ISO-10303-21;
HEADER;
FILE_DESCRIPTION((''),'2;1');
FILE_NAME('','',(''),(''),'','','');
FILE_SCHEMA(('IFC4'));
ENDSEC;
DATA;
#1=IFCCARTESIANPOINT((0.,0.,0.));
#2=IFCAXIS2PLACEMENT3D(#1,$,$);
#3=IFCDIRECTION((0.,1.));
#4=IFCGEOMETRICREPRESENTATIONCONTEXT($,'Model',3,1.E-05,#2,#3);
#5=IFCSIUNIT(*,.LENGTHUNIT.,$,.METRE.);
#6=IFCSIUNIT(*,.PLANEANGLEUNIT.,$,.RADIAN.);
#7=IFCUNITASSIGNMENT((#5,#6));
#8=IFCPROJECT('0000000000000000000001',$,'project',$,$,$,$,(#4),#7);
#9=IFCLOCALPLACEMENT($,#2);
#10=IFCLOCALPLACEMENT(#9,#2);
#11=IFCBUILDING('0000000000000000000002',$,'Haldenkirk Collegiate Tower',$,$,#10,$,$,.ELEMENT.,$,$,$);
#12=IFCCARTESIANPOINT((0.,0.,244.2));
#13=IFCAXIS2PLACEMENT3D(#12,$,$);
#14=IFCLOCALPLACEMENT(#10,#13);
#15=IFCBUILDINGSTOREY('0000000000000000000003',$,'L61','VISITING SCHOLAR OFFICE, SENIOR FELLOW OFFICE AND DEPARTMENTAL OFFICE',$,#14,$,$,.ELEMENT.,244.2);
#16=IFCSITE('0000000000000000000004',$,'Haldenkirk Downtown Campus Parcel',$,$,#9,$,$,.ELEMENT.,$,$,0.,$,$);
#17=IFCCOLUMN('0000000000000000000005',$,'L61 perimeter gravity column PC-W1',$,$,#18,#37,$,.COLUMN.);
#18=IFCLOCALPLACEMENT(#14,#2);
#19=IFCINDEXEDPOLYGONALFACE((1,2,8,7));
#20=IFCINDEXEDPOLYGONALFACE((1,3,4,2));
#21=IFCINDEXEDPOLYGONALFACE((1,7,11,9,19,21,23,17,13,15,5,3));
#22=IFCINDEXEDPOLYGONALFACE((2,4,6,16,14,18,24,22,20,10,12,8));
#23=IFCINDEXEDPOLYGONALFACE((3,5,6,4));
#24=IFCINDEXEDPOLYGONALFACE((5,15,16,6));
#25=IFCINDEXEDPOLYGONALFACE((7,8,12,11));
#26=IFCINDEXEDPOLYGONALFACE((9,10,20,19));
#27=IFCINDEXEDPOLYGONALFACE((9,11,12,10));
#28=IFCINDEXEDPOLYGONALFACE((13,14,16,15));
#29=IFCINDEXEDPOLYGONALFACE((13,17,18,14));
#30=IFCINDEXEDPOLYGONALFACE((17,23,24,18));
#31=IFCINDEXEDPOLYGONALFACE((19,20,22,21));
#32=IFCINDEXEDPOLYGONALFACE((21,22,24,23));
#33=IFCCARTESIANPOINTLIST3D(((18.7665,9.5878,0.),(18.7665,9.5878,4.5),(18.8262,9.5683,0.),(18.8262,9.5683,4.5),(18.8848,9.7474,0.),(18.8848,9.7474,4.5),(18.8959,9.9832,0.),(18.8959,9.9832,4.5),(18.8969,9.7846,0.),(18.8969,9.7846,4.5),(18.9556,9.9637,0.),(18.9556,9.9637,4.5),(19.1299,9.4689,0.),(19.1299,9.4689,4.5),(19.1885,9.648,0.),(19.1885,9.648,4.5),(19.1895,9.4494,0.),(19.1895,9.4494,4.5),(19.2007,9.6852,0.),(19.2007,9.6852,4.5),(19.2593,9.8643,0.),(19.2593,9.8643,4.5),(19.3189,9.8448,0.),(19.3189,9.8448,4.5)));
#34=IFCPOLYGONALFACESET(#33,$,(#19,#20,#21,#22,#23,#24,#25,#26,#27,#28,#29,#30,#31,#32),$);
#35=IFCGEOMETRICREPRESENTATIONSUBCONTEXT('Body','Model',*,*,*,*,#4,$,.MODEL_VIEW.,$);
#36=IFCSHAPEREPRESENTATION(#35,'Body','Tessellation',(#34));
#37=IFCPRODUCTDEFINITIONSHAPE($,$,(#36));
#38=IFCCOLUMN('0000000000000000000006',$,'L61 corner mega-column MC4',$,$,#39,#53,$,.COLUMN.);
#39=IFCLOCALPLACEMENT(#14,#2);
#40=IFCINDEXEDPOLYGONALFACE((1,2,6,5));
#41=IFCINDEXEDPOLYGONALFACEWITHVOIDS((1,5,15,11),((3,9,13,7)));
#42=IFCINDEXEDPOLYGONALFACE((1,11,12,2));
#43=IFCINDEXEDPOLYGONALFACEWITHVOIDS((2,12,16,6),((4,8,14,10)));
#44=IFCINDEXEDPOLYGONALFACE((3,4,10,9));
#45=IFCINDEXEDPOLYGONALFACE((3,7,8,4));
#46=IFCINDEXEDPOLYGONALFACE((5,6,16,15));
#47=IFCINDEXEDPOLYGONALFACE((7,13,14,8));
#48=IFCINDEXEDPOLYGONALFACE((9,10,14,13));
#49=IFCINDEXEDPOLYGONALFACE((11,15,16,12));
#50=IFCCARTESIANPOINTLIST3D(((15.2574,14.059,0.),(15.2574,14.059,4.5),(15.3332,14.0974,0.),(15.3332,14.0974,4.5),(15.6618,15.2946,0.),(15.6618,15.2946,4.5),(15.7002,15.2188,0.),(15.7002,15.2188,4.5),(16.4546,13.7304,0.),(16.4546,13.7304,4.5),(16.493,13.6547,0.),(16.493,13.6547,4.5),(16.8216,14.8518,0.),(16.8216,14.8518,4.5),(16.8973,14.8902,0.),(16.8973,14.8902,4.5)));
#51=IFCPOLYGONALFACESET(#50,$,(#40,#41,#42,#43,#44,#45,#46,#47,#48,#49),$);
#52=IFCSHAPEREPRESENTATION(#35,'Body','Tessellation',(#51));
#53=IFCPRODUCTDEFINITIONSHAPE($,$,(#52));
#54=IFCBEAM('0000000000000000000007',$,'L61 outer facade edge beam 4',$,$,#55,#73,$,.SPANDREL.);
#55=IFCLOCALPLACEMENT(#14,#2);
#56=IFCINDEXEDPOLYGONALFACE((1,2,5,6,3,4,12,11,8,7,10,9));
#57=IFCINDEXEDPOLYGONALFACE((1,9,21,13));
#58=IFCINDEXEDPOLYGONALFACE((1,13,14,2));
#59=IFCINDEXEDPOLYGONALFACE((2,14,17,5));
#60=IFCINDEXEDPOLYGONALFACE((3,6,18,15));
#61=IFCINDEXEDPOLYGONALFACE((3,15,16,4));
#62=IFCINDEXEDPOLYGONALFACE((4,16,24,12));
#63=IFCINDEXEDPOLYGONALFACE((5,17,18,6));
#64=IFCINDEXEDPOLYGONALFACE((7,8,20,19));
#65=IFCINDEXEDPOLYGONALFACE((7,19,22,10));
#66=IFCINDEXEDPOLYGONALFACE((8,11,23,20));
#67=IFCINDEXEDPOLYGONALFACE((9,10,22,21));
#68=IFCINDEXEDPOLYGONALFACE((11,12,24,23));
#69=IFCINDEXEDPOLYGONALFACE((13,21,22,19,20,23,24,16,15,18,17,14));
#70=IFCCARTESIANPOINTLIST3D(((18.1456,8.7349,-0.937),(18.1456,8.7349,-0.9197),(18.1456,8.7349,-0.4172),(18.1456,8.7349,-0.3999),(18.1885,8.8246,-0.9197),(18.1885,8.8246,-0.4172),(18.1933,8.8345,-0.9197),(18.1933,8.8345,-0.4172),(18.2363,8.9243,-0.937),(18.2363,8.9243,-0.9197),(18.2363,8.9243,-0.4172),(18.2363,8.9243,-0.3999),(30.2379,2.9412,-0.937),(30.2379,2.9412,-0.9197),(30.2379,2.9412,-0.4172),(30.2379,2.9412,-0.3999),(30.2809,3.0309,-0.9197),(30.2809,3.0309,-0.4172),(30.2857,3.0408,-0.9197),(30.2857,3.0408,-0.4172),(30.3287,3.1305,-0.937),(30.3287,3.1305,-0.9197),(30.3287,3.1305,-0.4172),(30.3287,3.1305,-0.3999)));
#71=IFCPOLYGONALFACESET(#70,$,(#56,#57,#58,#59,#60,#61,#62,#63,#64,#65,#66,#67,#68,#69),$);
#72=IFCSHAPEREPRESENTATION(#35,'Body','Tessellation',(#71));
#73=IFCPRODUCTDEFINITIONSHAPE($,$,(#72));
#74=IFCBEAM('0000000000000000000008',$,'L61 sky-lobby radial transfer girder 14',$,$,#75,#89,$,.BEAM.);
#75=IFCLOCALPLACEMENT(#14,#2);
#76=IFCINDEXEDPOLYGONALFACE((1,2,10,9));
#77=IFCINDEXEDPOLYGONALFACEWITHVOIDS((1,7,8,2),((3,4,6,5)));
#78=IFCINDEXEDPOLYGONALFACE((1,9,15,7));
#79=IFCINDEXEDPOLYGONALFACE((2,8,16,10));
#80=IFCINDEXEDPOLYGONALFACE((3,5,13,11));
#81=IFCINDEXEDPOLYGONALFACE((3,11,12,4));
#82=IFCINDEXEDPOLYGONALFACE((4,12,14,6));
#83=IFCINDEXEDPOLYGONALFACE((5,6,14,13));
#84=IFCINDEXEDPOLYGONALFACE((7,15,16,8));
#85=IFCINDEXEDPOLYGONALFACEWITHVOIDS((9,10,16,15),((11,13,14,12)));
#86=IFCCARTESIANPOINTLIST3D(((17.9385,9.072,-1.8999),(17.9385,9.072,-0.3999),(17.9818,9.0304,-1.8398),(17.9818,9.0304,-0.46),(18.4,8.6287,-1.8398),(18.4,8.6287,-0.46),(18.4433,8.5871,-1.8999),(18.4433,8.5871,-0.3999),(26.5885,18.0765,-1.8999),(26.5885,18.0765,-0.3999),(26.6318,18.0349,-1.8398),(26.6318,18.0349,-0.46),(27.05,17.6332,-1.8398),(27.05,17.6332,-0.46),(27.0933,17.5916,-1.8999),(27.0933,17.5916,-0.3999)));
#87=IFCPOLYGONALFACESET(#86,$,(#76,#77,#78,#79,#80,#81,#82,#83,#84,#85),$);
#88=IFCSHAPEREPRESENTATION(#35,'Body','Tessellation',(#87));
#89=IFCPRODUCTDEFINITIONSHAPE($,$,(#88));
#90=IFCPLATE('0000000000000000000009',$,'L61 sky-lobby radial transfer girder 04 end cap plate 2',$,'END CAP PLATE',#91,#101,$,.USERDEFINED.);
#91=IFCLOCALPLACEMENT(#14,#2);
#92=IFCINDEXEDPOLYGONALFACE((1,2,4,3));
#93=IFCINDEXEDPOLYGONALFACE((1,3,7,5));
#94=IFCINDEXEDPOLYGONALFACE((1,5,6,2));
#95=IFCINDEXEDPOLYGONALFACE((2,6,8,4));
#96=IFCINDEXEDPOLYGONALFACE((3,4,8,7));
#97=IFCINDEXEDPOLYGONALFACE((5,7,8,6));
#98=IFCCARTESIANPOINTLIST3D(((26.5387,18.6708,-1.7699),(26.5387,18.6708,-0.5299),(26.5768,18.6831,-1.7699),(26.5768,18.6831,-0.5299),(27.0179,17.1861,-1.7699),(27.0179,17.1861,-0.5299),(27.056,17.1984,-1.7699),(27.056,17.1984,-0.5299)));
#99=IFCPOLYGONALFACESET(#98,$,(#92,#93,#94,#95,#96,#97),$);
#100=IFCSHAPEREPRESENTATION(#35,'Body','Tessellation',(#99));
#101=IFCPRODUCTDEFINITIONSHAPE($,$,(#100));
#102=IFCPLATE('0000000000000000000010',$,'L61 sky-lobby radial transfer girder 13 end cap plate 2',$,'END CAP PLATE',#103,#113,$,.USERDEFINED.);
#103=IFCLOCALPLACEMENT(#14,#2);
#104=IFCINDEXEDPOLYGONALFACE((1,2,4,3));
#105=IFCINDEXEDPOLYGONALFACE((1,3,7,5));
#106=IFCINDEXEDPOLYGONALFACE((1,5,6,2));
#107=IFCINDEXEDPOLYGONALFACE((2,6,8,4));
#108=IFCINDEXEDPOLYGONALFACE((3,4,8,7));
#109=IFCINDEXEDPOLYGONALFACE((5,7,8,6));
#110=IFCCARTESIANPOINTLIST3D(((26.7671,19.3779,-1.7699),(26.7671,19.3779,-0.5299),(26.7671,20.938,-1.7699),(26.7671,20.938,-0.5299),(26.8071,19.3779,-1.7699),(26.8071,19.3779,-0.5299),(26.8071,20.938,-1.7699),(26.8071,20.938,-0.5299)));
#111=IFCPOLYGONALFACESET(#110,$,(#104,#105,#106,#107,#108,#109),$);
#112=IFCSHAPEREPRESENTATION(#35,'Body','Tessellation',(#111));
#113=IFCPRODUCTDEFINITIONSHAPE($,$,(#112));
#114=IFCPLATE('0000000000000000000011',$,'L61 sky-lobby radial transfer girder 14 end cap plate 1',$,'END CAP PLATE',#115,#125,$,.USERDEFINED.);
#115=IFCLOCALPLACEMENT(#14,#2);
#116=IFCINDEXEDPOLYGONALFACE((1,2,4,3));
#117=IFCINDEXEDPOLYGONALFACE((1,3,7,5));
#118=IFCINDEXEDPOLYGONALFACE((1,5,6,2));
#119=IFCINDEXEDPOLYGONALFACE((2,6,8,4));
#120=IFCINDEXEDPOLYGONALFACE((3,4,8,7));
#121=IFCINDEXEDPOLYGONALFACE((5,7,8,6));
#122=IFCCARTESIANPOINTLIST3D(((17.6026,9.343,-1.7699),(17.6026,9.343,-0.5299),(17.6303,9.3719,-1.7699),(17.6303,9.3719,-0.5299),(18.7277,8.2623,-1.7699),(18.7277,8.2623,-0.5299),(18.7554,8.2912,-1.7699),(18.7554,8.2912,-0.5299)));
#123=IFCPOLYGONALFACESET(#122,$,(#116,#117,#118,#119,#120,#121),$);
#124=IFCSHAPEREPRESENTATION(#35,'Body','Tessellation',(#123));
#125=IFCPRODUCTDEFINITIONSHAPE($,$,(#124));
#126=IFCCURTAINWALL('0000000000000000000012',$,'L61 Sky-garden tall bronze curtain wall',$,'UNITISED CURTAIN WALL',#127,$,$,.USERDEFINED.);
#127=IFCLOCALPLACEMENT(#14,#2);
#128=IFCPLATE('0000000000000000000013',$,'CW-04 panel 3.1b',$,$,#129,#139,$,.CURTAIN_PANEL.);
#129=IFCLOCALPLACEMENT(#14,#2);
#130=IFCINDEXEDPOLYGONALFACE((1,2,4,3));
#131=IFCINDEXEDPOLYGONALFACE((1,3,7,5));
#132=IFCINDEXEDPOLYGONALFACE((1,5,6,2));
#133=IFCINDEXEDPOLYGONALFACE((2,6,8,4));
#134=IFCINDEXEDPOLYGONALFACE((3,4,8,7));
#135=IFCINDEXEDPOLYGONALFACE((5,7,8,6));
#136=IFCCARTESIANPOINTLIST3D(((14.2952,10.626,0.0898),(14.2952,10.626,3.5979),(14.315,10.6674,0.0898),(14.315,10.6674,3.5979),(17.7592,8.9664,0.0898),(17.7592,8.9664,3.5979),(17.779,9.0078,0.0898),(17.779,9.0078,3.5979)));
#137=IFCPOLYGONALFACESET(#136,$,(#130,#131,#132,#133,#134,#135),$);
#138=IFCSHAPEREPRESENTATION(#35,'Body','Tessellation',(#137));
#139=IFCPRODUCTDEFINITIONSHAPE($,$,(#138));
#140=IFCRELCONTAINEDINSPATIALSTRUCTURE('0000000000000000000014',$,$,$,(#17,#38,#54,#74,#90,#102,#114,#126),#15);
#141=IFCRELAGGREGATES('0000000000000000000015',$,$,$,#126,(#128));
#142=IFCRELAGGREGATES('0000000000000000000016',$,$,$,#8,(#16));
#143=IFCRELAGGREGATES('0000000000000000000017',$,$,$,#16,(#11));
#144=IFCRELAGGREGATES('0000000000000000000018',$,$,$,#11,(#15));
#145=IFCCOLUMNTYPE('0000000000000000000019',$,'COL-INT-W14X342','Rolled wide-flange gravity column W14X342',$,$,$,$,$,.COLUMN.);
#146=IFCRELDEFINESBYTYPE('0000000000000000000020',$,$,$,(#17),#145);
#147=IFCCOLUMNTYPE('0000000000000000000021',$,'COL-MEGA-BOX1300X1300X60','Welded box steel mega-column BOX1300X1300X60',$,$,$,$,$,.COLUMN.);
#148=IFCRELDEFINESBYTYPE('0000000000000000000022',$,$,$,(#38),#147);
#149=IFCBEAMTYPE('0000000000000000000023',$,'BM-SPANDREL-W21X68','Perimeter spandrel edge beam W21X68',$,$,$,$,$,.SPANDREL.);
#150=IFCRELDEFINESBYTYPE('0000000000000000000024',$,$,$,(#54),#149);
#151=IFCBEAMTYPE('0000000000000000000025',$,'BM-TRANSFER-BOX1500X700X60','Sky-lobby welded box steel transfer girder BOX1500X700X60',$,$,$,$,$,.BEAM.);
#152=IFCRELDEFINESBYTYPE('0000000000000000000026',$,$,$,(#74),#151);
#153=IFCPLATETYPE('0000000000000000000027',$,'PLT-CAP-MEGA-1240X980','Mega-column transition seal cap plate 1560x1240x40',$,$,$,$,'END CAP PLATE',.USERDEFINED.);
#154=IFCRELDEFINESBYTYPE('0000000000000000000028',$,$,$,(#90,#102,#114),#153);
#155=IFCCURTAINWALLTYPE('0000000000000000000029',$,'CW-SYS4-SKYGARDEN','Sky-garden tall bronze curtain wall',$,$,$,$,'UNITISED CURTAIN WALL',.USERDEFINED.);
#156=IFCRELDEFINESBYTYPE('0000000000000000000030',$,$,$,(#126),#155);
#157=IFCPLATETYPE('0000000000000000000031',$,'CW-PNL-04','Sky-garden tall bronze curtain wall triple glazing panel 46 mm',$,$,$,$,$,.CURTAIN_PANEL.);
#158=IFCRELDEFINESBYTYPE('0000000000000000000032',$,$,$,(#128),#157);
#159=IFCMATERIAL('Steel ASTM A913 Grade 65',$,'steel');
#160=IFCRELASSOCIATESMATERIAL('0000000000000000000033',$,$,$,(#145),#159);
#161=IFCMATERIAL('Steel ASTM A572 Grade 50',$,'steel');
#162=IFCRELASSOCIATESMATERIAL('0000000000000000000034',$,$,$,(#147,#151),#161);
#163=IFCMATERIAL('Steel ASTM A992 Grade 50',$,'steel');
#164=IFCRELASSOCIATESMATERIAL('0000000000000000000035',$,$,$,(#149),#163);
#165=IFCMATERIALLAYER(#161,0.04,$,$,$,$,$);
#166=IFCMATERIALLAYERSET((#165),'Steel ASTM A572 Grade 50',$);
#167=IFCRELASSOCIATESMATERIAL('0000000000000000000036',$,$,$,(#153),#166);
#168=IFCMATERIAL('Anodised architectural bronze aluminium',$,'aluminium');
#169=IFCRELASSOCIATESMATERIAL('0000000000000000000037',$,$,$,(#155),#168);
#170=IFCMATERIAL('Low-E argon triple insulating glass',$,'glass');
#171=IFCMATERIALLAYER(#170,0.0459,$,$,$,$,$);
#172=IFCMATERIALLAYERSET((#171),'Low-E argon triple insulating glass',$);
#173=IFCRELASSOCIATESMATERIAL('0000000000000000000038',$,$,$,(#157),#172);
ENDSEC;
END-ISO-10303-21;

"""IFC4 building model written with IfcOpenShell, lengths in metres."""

from ifc_helpers import new_model, si_unit, direction, frame, origin, origin_2d, place, context, subcontext, project, spatial, rectangle, hollow_rectangle, i_section, extrude, source, transform, mapped, material, layer, layer_set, material_profile, profile_set, type_object, element, aggregate, save


model = new_model("IFC4")

# Units and contexts
model_context = context("Model", 3, precision=1e-05, world=origin(), true_north=direction((0.0, 1.0)))
body_context = subcontext(model_context, "Body", "Model", "MODEL_VIEW")
ifc_project = project(units=[si_unit("LENGTHUNIT", "METRE"), si_unit("PLANEANGLEUNIT", "RADIAN")], contexts=[model_context])

# Site, building, storey
site_placement = place(None, origin())
site = spatial("IfcSite", under=ifc_project, at=site_placement, Name="Haldenkirk Downtown Campus Parcel", CompositionType="ELEMENT", RefElevation=0.0)
building_placement = place(site_placement, origin())
building = spatial("IfcBuilding", under=site, at=building_placement, Name="Haldenkirk Collegiate Tower", CompositionType="ELEMENT")
storey_placement = place(building_placement, frame((0.0, 0.0, 244.2)))
storey = spatial("IfcBuildingStorey", under=building, at=storey_placement, Name="L61", Description="VISITING SCHOLAR OFFICE, SENIOR FELLOW OFFICE AND DEPARTMENTAL OFFICE", CompositionType="ELEMENT", Elevation=244.2)

# Columns
ifc_material_1 = material(Name="Steel ASTM A913 Grade 65", Category="steel")
ifc_material_profile_1 = material_profile(ifc_material_1, i_section(OverallWidth=0.416, OverallDepth=0.4451, WebThickness=0.0391, FlangeThickness=0.0627, at=origin_2d()), Name="W14X342")
ifc_profile_set_1 = profile_set([ifc_material_profile_1], Name="Steel ASTM A913 Grade 65")
column_type_1 = type_object("IfcColumnType", Name="COL-INT-W14X342", Description="Rolled wide-flange gravity column W14X342", PredefinedType="COLUMN", material=ifc_profile_set_1)
column_1_placement = place(storey_placement, frame((19.0427, 9.7163, 0.0), z_axis=(0.0, 0.0, 1.0), x_axis=(0.311008, 0.950407, 0.0)))
element("IfcColumn", 1, at=column_1_placement, inside=storey, type_object=column_type_1, Name="L61 perimeter gravity column PC-W1", PredefinedType="COLUMN", context=body_context, shape_type="SweptSolid", body=[
    extrude(i_section(OverallWidth=0.416, OverallDepth=0.4451, WebThickness=0.0391, FlangeThickness=0.0627, at=origin_2d()), origin(), (0.0, 0.0, 1.0), 4.5),
])
ifc_material_2 = material(Name="Steel ASTM A572 Grade 50", Category="steel")
ifc_material_profile_2 = material_profile(ifc_material_2, hollow_rectangle(XDim=1.3, YDim=1.3, WallThickness=0.0601, at=origin_2d()), Name="BOX1300X1300X60")
ifc_profile_set_2 = profile_set([ifc_material_profile_2], Name="Steel ASTM A572 Grade 50")
column_type_2 = type_object("IfcColumnType", Name="COL-MEGA-BOX1300X1300X60", Description="Welded box steel mega-column BOX1300X1300X60", PredefinedType="COLUMN", material=ifc_profile_set_2)
column_2_placement = place(storey_placement, frame((16.0774, 14.4746, 0.0), z_axis=(0.0, 0.0, 1.0), x_axis=(0.311008, 0.950407, 0.0)))
element("IfcColumn", 2, at=column_2_placement, inside=storey, type_object=column_type_2, Name="L61 corner mega-column MC4", PredefinedType="COLUMN", context=body_context, shape_type="SweptSolid", body=[
    extrude(hollow_rectangle(XDim=1.3, YDim=1.3, WallThickness=0.0601, at=origin_2d()), origin(), (0.0, 0.0, 1.0), 4.5),
])

# Beams
ifc_material_3 = material(Name="Steel ASTM A992 Grade 50", Category="steel")
ifc_material_profile_3 = material_profile(ifc_material_3, i_section(OverallWidth=0.21, OverallDepth=0.5371, WebThickness=0.011, FlangeThickness=0.0173, at=origin_2d()), Name="W21X68")
ifc_profile_set_3 = profile_set([ifc_material_profile_3], Name="Steel ASTM A992 Grade 50")
beam_type_1 = type_object("IfcBeamType", Name="BM-SPANDREL-W21X68", Description="Perimeter spandrel edge beam W21X68", PredefinedType="SPANDREL", material=ifc_profile_set_3)
beam_1_placement = place(storey_placement, frame((18.1909, 8.8296, -0.6685), z_axis=(0.901831, -0.432089, 0.0), x_axis=(0.432089, 0.901831, 0.0)))
element("IfcBeam", 3, at=beam_1_placement, inside=storey, type_object=beam_type_1, Name="L61 outer facade edge beam 4", PredefinedType="SPANDREL", context=body_context, shape_type="SweptSolid", body=[
    extrude(i_section(OverallWidth=0.21, OverallDepth=0.5371, WebThickness=0.011, FlangeThickness=0.0173, at=origin_2d()), origin(), (0.0, 0.0, 1.0), 13.4087),
])
ifc_material_profile_4 = material_profile(ifc_material_2, hollow_rectangle(XDim=0.7, YDim=1.5, WallThickness=0.0601, at=origin_2d()), Name="BOX1500X700X60")
ifc_profile_set_4 = profile_set([ifc_material_profile_4], Name="Steel ASTM A572 Grade 50")
beam_type_2 = type_object("IfcBeamType", Name="BM-TRANSFER-BOX1500X700X60", Description="Sky-lobby welded box steel transfer girder BOX1500X700X60", PredefinedType="BEAM", material=ifc_profile_set_4)
beam_2_placement = place(storey_placement, frame((18.1909, 8.8296, -1.1499), z_axis=(0.692769, 0.72116, 0.0), x_axis=(-0.72116, 0.692769, 0.0)))
element("IfcBeam", 4, at=beam_2_placement, inside=storey, type_object=beam_type_2, Name="L61 sky-lobby radial transfer girder 14", PredefinedType="BEAM", context=body_context, shape_type="SweptSolid", body=[
    extrude(hollow_rectangle(XDim=0.7, YDim=1.5, WallThickness=0.0601, at=origin_2d()), origin(), (0.0, 0.0, 1.0), 12.4861),
])

# Plates
ifc_layer_1 = layer(ifc_material_2, 0.04)
ifc_layer_set_1 = layer_set([ifc_layer_1], Name="Steel ASTM A572 Grade 50")
plate_type_1 = type_object("IfcPlateType", Name="PLT-CAP-MEGA-1240X980", Description="Mega-column transition seal cap plate 1560x1240x40", ElementType="END CAP PLATE", PredefinedType="USERDEFINED", material=ifc_layer_set_1)
shared_shape_1 = source(origin(), body_context, "Body", "SweptSolid", [
    extrude(rectangle(XDim=1.5601, YDim=1.24, at=origin_2d()), origin(), (0.0, 0.0, 1.0), 0.04),
])
for number, where, z_axis, x_axis, name in (
    (5, (26.7783, 17.9285, -1.1499), (0.951654, 0.307171, 0.0), (-0.307171, 0.951654, 0.0), "L61 sky-lobby radial transfer girder 04 end cap plate 2"),
    (6, (26.7671, 20.158, -1.1499), (1.0, 0.0, 0.0), (0.0, 1.0, 0.0), "L61 sky-lobby radial transfer girder 13 end cap plate 2"),
    (7, (18.1929, 8.8315, -1.1499), (-0.69276, -0.721168, 0.0), (0.721168, -0.69276, 0.0), "L61 sky-lobby radial transfer girder 14 end cap plate 1"),
):
    element("IfcPlate", number, at=place(storey_placement, frame(where, z_axis=z_axis, x_axis=x_axis)), inside=storey, type_object=plate_type_1, Name=name, ObjectType="END CAP PLATE", PredefinedType="USERDEFINED", context=body_context, shape_type="MappedRepresentation", body=[
        mapped(shared_shape_1, transform((0.0, 0.0, 0.0), x_axis=(1.0, 0.0, 0.0), y_axis=(0.0, 1.0, 0.0), z_axis=(0.0, 0.0, 1.0), scale=1.0)),
    ])

# Curtain wall, plate
ifc_material_4 = material(Name="Anodised architectural bronze aluminium", Category="aluminium")
curtain_wall_type = type_object("IfcCurtainWallType", Name="CW-SYS4-SKYGARDEN", Description="Sky-garden tall bronze curtain wall", ElementType="UNITISED CURTAIN WALL", PredefinedType="USERDEFINED", material=ifc_material_4)
curtain_wall_placement = place(storey_placement, origin())
curtain_wall = element("IfcCurtainWall", 8, at=curtain_wall_placement, inside=storey, type_object=curtain_wall_type, Name="L61 Sky-garden tall bronze curtain wall", ObjectType="UNITISED CURTAIN WALL", PredefinedType="USERDEFINED")
ifc_material_5 = material(Name="Low-E argon triple insulating glass", Category="glass")
ifc_layer_2 = layer(ifc_material_5, 0.0459)
ifc_layer_set_2 = layer_set([ifc_layer_2], Name="Low-E argon triple insulating glass")
plate_type_2 = type_object("IfcPlateType", Name="CW-PNL-04", Description="Sky-garden tall bronze curtain wall triple glazing panel 46 mm", PredefinedType="CURTAIN_PANEL", material=ifc_layer_set_2)
shared_shape_2 = source(origin(), body_context, "Body", "SweptSolid", [
    extrude(rectangle(XDim=3.8411, YDim=0.0459, at=origin_2d()), origin(), (0.0, 0.0, 1.0), 3.5081),
])
plate_placement = place(storey_placement, frame((16.0371, 9.8169, 0.0898), z_axis=(0.0, 0.0, 1.0), x_axis=(-0.901834, 0.432082, 0.0)))
plate = element("IfcPlate", 9, at=plate_placement, type_object=plate_type_2, Name="CW-04 panel 3.1b", PredefinedType="CURTAIN_PANEL", context=body_context, shape_type="MappedRepresentation", body=[
    mapped(shared_shape_2, transform((0.0, 0.0, 0.0), x_axis=(1.0, 0.0, 0.0), y_axis=(0.0, 1.0, 0.0), z_axis=(0.0, 0.0, 1.0), scale=1.0)),
])
aggregate(curtain_wall, [plate])

save(model, "model.ifc")
